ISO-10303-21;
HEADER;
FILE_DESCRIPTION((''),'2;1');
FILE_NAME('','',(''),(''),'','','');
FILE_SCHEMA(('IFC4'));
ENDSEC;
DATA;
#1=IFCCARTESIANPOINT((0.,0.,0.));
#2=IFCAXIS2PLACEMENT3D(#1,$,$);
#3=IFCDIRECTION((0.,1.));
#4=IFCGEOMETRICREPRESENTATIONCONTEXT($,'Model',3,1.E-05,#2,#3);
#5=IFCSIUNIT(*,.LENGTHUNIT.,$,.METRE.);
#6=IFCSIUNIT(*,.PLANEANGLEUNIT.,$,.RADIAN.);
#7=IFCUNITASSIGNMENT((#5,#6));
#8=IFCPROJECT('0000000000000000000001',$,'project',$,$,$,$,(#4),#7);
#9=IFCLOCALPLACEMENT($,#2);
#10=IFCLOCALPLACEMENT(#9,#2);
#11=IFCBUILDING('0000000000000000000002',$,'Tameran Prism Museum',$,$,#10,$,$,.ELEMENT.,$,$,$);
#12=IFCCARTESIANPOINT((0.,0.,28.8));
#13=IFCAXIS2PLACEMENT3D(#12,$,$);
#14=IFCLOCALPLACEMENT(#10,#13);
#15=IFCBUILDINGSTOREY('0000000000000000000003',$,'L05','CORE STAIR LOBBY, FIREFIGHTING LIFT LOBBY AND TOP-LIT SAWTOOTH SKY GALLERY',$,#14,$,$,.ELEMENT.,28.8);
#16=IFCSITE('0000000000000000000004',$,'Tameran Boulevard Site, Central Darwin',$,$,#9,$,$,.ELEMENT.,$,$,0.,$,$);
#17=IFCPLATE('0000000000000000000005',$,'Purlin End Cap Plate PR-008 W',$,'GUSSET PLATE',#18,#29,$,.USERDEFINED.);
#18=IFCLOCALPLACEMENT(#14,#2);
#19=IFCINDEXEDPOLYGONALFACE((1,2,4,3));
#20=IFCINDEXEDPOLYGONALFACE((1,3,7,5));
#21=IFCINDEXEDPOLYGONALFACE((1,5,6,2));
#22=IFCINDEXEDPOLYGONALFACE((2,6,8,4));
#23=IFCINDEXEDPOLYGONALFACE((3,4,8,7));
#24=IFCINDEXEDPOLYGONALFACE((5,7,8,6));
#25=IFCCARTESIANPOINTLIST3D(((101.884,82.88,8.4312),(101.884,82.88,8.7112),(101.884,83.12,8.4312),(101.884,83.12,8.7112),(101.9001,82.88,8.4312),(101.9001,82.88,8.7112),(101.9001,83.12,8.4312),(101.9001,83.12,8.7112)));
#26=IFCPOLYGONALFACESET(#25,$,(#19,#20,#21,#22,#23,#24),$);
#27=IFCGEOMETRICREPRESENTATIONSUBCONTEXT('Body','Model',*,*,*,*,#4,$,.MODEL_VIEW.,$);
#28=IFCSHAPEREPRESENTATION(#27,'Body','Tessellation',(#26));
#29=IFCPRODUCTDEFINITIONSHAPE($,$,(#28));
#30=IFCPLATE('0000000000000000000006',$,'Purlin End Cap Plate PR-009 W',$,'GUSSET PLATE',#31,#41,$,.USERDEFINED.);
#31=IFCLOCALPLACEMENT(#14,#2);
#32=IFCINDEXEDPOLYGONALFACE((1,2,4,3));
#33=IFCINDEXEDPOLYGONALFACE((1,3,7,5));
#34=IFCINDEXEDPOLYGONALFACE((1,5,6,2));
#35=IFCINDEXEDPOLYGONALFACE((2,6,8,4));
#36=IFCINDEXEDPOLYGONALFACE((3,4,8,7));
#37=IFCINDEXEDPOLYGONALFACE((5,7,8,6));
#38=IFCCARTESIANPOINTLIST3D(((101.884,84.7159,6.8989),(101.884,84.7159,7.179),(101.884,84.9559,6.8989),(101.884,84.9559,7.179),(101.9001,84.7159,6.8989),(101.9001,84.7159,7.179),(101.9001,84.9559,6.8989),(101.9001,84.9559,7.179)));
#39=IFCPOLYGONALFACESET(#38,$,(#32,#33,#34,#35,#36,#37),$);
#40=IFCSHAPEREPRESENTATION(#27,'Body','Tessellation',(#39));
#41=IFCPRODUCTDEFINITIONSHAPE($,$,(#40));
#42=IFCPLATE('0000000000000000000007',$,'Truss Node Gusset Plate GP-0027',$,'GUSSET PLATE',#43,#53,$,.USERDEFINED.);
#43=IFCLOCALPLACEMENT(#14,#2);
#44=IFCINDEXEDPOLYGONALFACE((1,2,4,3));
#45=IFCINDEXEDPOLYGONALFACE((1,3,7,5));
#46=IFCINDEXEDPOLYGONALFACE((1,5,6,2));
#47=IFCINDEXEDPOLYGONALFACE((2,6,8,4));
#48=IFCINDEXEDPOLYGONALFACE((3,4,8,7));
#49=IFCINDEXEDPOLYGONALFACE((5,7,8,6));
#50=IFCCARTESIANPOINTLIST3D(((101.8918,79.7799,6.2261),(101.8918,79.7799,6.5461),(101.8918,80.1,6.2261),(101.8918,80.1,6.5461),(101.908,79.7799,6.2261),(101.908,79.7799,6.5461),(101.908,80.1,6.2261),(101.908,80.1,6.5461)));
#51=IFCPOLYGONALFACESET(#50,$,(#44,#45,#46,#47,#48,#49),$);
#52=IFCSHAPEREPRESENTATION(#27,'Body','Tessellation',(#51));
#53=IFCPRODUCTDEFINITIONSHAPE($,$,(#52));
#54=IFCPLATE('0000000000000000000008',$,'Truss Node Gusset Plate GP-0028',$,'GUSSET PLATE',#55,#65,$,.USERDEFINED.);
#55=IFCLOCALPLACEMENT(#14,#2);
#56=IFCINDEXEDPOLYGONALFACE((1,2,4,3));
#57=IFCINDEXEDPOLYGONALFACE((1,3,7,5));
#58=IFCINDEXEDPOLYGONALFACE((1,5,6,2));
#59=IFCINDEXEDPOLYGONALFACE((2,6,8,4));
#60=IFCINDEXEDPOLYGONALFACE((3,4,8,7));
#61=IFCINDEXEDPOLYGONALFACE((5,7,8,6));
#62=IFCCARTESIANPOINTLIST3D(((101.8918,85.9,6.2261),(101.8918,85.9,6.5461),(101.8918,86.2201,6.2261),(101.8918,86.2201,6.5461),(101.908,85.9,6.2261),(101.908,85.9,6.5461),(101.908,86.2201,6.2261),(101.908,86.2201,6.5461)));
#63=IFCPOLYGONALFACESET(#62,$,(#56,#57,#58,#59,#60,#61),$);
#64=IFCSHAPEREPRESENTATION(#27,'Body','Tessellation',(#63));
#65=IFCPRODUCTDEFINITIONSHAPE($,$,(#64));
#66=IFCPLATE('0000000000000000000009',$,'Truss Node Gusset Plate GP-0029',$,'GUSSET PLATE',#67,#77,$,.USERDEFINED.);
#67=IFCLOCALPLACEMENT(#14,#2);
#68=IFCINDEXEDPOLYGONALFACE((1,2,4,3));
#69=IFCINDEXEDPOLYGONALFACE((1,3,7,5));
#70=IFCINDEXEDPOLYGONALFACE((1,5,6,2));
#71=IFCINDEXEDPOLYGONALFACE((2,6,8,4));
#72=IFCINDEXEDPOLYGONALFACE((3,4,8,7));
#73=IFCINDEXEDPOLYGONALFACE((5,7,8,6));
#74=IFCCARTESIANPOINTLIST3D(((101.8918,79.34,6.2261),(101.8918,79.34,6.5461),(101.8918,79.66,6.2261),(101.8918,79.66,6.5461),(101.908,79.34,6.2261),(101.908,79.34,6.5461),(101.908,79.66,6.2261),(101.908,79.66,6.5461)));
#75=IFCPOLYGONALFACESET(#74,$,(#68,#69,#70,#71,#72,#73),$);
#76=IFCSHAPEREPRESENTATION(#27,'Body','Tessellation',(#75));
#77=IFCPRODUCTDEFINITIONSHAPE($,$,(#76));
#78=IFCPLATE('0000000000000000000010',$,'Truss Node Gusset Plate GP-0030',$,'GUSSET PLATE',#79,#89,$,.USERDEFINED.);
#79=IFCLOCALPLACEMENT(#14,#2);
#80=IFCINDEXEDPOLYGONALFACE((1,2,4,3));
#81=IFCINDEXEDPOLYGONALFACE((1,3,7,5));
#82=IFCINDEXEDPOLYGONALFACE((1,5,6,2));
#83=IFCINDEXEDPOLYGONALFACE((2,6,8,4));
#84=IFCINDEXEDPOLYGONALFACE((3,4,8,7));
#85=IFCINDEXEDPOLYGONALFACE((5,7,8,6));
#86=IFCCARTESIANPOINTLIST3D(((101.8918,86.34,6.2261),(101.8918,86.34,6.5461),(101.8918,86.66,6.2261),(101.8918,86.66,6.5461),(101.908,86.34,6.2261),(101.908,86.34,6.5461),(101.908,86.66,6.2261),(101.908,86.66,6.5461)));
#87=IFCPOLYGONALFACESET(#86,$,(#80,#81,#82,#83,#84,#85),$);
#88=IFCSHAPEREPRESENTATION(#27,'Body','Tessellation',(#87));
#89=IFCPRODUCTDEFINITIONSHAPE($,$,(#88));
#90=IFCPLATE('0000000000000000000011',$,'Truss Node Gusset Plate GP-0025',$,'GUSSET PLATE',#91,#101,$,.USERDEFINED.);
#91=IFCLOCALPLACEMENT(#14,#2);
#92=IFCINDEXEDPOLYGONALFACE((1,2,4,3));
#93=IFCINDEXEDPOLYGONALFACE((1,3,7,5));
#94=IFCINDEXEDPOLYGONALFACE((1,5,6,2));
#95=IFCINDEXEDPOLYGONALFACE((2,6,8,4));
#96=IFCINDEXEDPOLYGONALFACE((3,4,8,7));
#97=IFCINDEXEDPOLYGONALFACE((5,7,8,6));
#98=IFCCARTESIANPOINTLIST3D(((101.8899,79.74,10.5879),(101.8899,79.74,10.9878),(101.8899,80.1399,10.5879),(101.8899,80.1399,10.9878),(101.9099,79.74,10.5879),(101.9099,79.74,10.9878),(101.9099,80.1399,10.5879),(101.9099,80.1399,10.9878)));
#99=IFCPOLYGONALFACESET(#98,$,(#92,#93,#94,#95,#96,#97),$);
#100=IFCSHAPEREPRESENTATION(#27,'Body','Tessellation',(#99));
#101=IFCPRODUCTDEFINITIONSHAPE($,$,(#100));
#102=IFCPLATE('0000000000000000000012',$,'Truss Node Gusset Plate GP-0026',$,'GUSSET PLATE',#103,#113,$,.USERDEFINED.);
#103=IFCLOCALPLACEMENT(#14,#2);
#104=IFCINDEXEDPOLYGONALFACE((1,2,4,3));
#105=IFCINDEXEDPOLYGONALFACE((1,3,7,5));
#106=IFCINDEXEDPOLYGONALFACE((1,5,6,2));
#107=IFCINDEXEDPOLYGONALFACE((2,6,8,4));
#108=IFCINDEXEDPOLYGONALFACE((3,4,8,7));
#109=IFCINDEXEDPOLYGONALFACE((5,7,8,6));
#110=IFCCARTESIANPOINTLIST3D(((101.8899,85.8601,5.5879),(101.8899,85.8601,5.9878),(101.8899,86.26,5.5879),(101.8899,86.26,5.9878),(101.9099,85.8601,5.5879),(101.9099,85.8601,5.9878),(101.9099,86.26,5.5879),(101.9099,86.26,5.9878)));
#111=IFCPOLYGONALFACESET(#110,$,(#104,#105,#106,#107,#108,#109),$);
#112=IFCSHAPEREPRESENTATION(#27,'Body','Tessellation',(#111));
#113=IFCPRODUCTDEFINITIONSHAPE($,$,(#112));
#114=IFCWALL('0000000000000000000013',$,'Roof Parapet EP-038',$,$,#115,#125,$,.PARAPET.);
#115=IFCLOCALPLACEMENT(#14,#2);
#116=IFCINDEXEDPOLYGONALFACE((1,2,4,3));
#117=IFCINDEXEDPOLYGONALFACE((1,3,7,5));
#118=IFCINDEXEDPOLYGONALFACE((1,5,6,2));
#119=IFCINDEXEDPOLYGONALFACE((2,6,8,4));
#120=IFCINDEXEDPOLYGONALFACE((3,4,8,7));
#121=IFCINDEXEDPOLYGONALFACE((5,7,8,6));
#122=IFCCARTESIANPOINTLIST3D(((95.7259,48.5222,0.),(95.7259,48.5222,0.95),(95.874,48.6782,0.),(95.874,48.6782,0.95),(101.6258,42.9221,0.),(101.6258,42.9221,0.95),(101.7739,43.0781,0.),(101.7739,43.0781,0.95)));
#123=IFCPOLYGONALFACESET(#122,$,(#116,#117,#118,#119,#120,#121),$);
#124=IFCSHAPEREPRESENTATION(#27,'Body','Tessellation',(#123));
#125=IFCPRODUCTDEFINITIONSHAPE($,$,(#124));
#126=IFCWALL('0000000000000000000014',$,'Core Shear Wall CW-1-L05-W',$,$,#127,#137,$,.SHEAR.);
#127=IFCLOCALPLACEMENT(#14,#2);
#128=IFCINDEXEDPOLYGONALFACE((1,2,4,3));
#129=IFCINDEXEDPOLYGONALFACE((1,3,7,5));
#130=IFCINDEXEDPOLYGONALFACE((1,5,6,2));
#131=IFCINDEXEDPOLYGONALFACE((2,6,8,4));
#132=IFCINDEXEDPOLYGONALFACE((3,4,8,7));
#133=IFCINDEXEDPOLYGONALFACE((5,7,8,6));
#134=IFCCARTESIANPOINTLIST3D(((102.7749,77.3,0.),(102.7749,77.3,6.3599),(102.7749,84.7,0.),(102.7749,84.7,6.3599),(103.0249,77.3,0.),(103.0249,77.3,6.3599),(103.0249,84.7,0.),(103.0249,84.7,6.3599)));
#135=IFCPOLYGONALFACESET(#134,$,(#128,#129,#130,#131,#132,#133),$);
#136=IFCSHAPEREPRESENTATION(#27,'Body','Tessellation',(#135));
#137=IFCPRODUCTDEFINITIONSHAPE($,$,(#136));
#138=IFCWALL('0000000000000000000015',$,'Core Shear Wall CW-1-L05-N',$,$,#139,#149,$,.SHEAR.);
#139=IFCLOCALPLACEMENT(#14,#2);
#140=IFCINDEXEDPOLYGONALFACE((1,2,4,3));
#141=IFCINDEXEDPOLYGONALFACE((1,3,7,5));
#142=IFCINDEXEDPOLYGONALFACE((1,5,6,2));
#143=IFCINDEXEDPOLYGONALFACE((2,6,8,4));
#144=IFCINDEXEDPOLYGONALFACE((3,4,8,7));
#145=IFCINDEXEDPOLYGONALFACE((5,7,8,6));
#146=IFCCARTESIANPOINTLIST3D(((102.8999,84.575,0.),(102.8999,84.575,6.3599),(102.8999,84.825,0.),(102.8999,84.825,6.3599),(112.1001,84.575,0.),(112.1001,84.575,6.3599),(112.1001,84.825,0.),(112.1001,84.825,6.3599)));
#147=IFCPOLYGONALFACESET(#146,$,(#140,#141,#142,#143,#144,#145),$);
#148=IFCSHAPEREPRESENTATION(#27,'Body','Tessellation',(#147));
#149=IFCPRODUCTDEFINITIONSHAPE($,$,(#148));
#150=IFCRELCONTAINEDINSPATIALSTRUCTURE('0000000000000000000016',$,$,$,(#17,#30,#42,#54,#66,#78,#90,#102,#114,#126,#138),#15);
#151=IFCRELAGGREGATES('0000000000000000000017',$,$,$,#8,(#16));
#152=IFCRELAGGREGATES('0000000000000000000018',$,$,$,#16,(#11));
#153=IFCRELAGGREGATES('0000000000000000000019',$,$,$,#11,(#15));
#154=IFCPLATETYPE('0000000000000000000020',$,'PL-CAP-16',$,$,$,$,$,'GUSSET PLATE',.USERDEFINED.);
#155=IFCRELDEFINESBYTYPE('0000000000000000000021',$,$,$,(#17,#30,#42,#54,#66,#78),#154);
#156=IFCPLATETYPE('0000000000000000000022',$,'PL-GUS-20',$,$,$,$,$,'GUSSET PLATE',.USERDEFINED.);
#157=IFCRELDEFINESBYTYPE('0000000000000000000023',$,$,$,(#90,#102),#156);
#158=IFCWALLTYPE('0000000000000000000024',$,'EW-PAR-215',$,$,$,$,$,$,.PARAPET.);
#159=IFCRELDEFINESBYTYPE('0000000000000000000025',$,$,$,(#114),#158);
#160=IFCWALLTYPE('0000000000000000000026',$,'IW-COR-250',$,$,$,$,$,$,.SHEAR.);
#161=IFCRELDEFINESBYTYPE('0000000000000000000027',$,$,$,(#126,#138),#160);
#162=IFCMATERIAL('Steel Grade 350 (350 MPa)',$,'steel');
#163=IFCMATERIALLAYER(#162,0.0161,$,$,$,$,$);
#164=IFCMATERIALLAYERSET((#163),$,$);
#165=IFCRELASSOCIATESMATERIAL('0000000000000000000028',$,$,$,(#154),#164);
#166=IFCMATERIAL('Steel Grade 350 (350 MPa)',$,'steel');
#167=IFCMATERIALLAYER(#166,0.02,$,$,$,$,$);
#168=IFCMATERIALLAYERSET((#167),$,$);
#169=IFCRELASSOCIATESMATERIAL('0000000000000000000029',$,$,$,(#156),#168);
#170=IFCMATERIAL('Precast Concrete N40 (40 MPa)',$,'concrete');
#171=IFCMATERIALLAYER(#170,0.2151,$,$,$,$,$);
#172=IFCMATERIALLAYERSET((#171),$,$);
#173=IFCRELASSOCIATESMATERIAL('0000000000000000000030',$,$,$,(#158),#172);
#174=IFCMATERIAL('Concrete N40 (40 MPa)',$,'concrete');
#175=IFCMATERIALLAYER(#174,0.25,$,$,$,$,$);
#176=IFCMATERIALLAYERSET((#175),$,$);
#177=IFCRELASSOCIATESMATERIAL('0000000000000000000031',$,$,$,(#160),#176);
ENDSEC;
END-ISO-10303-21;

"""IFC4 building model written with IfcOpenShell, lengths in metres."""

from ifc_helpers import new_model, si_unit, direction, frame, frame_2d, origin, origin_2d, place, context, subcontext, project, spatial, rectangle, extrude, material, layer, layer_set, type_object, element, save


model = new_model("IFC4")

# Units and contexts
model_context = context("Model", 3, precision=1e-05, world=origin(), true_north=direction((0.0, 1.0)))
body_context = subcontext(model_context, "Body", "Model", "MODEL_VIEW")
ifc_project = project(units=[si_unit("LENGTHUNIT", "METRE"), si_unit("PLANEANGLEUNIT", "RADIAN")], contexts=[model_context])

# Site, building, storey
site_placement = place(None, origin())
site = spatial("IfcSite", under=ifc_project, at=site_placement, Name="Tameran Boulevard Site, Central Darwin", CompositionType="ELEMENT", RefElevation=0.0)
building_placement = place(site_placement, origin())
building = spatial("IfcBuilding", under=site, at=building_placement, Name="Tameran Prism Museum", CompositionType="ELEMENT")
storey_placement = place(building_placement, frame((0.0, 0.0, 28.8)))
storey = spatial("IfcBuildingStorey", under=building, at=storey_placement, Name="L05", Description="CORE STAIR LOBBY, FIREFIGHTING LIFT LOBBY AND TOP-LIT SAWTOOTH SKY GALLERY", CompositionType="ELEMENT", Elevation=28.8)

# Plates
ifc_material_1 = material(Name="Steel Grade 350 (350 MPa)", Category="steel")
ifc_layer_1 = layer(ifc_material_1, 0.0161)
ifc_layer_set_1 = layer_set([ifc_layer_1])
plate_type_1 = type_object("IfcPlateType", Name="PL-CAP-16", ElementType="GUSSET PLATE", PredefinedType="USERDEFINED", material=ifc_layer_set_1)
for number, where, z_axis, x_axis, name in (
    (1, (101.8921, 83.0, 8.4312), (0.0, 0.0, 1.0), (1.0, 0.0, 0.0), "Purlin End Cap Plate PR-008 W"),
    (2, (101.8921, 84.8359, 6.8989), (0.0, 0.0, 1.0), (1.0, 0.0, 0.0), "Purlin End Cap Plate PR-009 W"),
):
    element("IfcPlate", number, at=place(storey_placement, frame(where, z_axis=z_axis, x_axis=x_axis)), inside=storey, type_object=plate_type_1, Name=name, ObjectType="GUSSET PLATE", PredefinedType="USERDEFINED", context=body_context, shape_type="SweptSolid", body=[
        extrude(rectangle(XDim=0.0161, YDim=0.24, at=origin_2d()), origin(), (0.0, 0.0, 1.0), 0.28),
    ])
for number, where, z_axis, x_axis, name in (
    (3, (101.8999, 79.9399, 6.2261), (0.0, 0.0, 1.0), (1.0, 0.0, 0.0), "Truss Node Gusset Plate GP-0027"),
    (4, (101.8999, 86.0601, 6.2261), (0.0, 0.0, 1.0), (1.0, 0.0, 0.0), "Truss Node Gusset Plate GP-0028"),
    (5, (101.8999, 79.5, 6.2261), (0.0, 0.0, 1.0), (1.0, 0.0, 0.0), "Truss Node Gusset Plate GP-0029"),
    (6, (101.8999, 86.5, 6.2261), (0.0, 0.0, 1.0), (1.0, 0.0, 0.0), "Truss Node Gusset Plate GP-0030"),
):
    element("IfcPlate", number, at=place(storey_placement, frame(where, z_axis=z_axis, x_axis=x_axis)), inside=storey, type_object=plate_type_1, Name=name, ObjectType="GUSSET PLATE", PredefinedType="USERDEFINED", context=body_context, shape_type="SweptSolid", body=[
        extrude(rectangle(XDim=0.0161, YDim=0.3201, at=origin_2d()), origin(), (0.0, 0.0, 1.0), 0.3201),
    ])
ifc_material_2 = material(Name="Steel Grade 350 (350 MPa)", Category="steel")
ifc_layer_2 = layer(ifc_material_2, 0.02)
ifc_layer_set_2 = layer_set([ifc_layer_2])
plate_type_2 = type_object("IfcPlateType", Name="PL-GUS-20", ElementType="GUSSET PLATE", PredefinedType="USERDEFINED", material=ifc_layer_set_2)
for number, where, z_axis, x_axis, name in (
    (7, (101.8999, 79.9399, 10.5879), (0.0, 0.0, 1.0), (1.0, 0.0, 0.0), "Truss Node Gusset Plate GP-0025"),
    (8, (101.8999, 86.0601, 5.5879), (0.0, 0.0, 1.0), (1.0, 0.0, 0.0), "Truss Node Gusset Plate GP-0026"),
):
    element("IfcPlate", number, at=place(storey_placement, frame(where, z_axis=z_axis, x_axis=x_axis)), inside=storey, type_object=plate_type_2, Name=name, ObjectType="GUSSET PLATE", PredefinedType="USERDEFINED", context=body_context, shape_type="SweptSolid", body=[
        extrude(rectangle(XDim=0.02, YDim=0.3999, at=origin_2d()), origin(), (0.0, 0.0, 1.0), 0.3999),
    ])

# Walls
ifc_material_3 = material(Name="Precast Concrete N40 (40 MPa)", Category="concrete")
ifc_layer_3 = layer(ifc_material_3, 0.2151)
ifc_layer_set_3 = layer_set([ifc_layer_3])
wall_type_1 = type_object("IfcWallType", Name="EW-PAR-215", PredefinedType="PARAPET", material=ifc_layer_set_3)
wall_1_placement = place(storey_placement, frame((101.7, 43.0, 0.0), z_axis=(0.0, 0.0, 1.0), x_axis=(-0.725295, 0.688439, 0.0)))
element("IfcWall", 9, at=wall_1_placement, inside=storey, type_object=wall_type_1, Name="Roof Parapet EP-038", PredefinedType="PARAPET", context=body_context, shape_type="SweptSolid", body=[
    extrude(rectangle(XDim=8.1345, YDim=0.2151, at=frame_2d((4.0674, 0.0))), origin(), (0.0, 0.0, 1.0), 0.95),
])
ifc_material_4 = material(Name="Concrete N40 (40 MPa)", Category="concrete")
ifc_layer_4 = layer(ifc_material_4, 0.25)
ifc_layer_set_4 = layer_set([ifc_layer_4])
wall_type_2 = type_object("IfcWallType", Name="IW-COR-250", PredefinedType="SHEAR", material=ifc_layer_set_4)
wall_2_placement = place(storey_placement, frame((102.8999, 77.3, 0.0), z_axis=(0.0, 0.0, 1.0), x_axis=(0.0, 1.0, 0.0)))
element("IfcWall", 10, at=wall_2_placement, inside=storey, type_object=wall_type_2, Name="Core Shear Wall CW-1-L05-W", PredefinedType="SHEAR", context=body_context, shape_type="SweptSolid", body=[
    extrude(rectangle(XDim=7.3999, YDim=0.25, at=frame_2d((3.7, 0.0))), origin(), (0.0, 0.0, 1.0), 6.3599),
])
wall_3_placement = place(storey_placement, frame((102.8999, 84.7, 0.0), z_axis=(0.0, 0.0, 1.0), x_axis=(1.0, 0.0, 0.0)))
element("IfcWall", 11, at=wall_3_placement, inside=storey, type_object=wall_type_2, Name="Core Shear Wall CW-1-L05-N", PredefinedType="SHEAR", context=body_context, shape_type="SweptSolid", body=[
    extrude(rectangle(XDim=9.2002, YDim=0.25, at=frame_2d((4.6001, 0.0))), origin(), (0.0, 0.0, 1.0), 6.3599),
])

save(model, "model.ifc")
